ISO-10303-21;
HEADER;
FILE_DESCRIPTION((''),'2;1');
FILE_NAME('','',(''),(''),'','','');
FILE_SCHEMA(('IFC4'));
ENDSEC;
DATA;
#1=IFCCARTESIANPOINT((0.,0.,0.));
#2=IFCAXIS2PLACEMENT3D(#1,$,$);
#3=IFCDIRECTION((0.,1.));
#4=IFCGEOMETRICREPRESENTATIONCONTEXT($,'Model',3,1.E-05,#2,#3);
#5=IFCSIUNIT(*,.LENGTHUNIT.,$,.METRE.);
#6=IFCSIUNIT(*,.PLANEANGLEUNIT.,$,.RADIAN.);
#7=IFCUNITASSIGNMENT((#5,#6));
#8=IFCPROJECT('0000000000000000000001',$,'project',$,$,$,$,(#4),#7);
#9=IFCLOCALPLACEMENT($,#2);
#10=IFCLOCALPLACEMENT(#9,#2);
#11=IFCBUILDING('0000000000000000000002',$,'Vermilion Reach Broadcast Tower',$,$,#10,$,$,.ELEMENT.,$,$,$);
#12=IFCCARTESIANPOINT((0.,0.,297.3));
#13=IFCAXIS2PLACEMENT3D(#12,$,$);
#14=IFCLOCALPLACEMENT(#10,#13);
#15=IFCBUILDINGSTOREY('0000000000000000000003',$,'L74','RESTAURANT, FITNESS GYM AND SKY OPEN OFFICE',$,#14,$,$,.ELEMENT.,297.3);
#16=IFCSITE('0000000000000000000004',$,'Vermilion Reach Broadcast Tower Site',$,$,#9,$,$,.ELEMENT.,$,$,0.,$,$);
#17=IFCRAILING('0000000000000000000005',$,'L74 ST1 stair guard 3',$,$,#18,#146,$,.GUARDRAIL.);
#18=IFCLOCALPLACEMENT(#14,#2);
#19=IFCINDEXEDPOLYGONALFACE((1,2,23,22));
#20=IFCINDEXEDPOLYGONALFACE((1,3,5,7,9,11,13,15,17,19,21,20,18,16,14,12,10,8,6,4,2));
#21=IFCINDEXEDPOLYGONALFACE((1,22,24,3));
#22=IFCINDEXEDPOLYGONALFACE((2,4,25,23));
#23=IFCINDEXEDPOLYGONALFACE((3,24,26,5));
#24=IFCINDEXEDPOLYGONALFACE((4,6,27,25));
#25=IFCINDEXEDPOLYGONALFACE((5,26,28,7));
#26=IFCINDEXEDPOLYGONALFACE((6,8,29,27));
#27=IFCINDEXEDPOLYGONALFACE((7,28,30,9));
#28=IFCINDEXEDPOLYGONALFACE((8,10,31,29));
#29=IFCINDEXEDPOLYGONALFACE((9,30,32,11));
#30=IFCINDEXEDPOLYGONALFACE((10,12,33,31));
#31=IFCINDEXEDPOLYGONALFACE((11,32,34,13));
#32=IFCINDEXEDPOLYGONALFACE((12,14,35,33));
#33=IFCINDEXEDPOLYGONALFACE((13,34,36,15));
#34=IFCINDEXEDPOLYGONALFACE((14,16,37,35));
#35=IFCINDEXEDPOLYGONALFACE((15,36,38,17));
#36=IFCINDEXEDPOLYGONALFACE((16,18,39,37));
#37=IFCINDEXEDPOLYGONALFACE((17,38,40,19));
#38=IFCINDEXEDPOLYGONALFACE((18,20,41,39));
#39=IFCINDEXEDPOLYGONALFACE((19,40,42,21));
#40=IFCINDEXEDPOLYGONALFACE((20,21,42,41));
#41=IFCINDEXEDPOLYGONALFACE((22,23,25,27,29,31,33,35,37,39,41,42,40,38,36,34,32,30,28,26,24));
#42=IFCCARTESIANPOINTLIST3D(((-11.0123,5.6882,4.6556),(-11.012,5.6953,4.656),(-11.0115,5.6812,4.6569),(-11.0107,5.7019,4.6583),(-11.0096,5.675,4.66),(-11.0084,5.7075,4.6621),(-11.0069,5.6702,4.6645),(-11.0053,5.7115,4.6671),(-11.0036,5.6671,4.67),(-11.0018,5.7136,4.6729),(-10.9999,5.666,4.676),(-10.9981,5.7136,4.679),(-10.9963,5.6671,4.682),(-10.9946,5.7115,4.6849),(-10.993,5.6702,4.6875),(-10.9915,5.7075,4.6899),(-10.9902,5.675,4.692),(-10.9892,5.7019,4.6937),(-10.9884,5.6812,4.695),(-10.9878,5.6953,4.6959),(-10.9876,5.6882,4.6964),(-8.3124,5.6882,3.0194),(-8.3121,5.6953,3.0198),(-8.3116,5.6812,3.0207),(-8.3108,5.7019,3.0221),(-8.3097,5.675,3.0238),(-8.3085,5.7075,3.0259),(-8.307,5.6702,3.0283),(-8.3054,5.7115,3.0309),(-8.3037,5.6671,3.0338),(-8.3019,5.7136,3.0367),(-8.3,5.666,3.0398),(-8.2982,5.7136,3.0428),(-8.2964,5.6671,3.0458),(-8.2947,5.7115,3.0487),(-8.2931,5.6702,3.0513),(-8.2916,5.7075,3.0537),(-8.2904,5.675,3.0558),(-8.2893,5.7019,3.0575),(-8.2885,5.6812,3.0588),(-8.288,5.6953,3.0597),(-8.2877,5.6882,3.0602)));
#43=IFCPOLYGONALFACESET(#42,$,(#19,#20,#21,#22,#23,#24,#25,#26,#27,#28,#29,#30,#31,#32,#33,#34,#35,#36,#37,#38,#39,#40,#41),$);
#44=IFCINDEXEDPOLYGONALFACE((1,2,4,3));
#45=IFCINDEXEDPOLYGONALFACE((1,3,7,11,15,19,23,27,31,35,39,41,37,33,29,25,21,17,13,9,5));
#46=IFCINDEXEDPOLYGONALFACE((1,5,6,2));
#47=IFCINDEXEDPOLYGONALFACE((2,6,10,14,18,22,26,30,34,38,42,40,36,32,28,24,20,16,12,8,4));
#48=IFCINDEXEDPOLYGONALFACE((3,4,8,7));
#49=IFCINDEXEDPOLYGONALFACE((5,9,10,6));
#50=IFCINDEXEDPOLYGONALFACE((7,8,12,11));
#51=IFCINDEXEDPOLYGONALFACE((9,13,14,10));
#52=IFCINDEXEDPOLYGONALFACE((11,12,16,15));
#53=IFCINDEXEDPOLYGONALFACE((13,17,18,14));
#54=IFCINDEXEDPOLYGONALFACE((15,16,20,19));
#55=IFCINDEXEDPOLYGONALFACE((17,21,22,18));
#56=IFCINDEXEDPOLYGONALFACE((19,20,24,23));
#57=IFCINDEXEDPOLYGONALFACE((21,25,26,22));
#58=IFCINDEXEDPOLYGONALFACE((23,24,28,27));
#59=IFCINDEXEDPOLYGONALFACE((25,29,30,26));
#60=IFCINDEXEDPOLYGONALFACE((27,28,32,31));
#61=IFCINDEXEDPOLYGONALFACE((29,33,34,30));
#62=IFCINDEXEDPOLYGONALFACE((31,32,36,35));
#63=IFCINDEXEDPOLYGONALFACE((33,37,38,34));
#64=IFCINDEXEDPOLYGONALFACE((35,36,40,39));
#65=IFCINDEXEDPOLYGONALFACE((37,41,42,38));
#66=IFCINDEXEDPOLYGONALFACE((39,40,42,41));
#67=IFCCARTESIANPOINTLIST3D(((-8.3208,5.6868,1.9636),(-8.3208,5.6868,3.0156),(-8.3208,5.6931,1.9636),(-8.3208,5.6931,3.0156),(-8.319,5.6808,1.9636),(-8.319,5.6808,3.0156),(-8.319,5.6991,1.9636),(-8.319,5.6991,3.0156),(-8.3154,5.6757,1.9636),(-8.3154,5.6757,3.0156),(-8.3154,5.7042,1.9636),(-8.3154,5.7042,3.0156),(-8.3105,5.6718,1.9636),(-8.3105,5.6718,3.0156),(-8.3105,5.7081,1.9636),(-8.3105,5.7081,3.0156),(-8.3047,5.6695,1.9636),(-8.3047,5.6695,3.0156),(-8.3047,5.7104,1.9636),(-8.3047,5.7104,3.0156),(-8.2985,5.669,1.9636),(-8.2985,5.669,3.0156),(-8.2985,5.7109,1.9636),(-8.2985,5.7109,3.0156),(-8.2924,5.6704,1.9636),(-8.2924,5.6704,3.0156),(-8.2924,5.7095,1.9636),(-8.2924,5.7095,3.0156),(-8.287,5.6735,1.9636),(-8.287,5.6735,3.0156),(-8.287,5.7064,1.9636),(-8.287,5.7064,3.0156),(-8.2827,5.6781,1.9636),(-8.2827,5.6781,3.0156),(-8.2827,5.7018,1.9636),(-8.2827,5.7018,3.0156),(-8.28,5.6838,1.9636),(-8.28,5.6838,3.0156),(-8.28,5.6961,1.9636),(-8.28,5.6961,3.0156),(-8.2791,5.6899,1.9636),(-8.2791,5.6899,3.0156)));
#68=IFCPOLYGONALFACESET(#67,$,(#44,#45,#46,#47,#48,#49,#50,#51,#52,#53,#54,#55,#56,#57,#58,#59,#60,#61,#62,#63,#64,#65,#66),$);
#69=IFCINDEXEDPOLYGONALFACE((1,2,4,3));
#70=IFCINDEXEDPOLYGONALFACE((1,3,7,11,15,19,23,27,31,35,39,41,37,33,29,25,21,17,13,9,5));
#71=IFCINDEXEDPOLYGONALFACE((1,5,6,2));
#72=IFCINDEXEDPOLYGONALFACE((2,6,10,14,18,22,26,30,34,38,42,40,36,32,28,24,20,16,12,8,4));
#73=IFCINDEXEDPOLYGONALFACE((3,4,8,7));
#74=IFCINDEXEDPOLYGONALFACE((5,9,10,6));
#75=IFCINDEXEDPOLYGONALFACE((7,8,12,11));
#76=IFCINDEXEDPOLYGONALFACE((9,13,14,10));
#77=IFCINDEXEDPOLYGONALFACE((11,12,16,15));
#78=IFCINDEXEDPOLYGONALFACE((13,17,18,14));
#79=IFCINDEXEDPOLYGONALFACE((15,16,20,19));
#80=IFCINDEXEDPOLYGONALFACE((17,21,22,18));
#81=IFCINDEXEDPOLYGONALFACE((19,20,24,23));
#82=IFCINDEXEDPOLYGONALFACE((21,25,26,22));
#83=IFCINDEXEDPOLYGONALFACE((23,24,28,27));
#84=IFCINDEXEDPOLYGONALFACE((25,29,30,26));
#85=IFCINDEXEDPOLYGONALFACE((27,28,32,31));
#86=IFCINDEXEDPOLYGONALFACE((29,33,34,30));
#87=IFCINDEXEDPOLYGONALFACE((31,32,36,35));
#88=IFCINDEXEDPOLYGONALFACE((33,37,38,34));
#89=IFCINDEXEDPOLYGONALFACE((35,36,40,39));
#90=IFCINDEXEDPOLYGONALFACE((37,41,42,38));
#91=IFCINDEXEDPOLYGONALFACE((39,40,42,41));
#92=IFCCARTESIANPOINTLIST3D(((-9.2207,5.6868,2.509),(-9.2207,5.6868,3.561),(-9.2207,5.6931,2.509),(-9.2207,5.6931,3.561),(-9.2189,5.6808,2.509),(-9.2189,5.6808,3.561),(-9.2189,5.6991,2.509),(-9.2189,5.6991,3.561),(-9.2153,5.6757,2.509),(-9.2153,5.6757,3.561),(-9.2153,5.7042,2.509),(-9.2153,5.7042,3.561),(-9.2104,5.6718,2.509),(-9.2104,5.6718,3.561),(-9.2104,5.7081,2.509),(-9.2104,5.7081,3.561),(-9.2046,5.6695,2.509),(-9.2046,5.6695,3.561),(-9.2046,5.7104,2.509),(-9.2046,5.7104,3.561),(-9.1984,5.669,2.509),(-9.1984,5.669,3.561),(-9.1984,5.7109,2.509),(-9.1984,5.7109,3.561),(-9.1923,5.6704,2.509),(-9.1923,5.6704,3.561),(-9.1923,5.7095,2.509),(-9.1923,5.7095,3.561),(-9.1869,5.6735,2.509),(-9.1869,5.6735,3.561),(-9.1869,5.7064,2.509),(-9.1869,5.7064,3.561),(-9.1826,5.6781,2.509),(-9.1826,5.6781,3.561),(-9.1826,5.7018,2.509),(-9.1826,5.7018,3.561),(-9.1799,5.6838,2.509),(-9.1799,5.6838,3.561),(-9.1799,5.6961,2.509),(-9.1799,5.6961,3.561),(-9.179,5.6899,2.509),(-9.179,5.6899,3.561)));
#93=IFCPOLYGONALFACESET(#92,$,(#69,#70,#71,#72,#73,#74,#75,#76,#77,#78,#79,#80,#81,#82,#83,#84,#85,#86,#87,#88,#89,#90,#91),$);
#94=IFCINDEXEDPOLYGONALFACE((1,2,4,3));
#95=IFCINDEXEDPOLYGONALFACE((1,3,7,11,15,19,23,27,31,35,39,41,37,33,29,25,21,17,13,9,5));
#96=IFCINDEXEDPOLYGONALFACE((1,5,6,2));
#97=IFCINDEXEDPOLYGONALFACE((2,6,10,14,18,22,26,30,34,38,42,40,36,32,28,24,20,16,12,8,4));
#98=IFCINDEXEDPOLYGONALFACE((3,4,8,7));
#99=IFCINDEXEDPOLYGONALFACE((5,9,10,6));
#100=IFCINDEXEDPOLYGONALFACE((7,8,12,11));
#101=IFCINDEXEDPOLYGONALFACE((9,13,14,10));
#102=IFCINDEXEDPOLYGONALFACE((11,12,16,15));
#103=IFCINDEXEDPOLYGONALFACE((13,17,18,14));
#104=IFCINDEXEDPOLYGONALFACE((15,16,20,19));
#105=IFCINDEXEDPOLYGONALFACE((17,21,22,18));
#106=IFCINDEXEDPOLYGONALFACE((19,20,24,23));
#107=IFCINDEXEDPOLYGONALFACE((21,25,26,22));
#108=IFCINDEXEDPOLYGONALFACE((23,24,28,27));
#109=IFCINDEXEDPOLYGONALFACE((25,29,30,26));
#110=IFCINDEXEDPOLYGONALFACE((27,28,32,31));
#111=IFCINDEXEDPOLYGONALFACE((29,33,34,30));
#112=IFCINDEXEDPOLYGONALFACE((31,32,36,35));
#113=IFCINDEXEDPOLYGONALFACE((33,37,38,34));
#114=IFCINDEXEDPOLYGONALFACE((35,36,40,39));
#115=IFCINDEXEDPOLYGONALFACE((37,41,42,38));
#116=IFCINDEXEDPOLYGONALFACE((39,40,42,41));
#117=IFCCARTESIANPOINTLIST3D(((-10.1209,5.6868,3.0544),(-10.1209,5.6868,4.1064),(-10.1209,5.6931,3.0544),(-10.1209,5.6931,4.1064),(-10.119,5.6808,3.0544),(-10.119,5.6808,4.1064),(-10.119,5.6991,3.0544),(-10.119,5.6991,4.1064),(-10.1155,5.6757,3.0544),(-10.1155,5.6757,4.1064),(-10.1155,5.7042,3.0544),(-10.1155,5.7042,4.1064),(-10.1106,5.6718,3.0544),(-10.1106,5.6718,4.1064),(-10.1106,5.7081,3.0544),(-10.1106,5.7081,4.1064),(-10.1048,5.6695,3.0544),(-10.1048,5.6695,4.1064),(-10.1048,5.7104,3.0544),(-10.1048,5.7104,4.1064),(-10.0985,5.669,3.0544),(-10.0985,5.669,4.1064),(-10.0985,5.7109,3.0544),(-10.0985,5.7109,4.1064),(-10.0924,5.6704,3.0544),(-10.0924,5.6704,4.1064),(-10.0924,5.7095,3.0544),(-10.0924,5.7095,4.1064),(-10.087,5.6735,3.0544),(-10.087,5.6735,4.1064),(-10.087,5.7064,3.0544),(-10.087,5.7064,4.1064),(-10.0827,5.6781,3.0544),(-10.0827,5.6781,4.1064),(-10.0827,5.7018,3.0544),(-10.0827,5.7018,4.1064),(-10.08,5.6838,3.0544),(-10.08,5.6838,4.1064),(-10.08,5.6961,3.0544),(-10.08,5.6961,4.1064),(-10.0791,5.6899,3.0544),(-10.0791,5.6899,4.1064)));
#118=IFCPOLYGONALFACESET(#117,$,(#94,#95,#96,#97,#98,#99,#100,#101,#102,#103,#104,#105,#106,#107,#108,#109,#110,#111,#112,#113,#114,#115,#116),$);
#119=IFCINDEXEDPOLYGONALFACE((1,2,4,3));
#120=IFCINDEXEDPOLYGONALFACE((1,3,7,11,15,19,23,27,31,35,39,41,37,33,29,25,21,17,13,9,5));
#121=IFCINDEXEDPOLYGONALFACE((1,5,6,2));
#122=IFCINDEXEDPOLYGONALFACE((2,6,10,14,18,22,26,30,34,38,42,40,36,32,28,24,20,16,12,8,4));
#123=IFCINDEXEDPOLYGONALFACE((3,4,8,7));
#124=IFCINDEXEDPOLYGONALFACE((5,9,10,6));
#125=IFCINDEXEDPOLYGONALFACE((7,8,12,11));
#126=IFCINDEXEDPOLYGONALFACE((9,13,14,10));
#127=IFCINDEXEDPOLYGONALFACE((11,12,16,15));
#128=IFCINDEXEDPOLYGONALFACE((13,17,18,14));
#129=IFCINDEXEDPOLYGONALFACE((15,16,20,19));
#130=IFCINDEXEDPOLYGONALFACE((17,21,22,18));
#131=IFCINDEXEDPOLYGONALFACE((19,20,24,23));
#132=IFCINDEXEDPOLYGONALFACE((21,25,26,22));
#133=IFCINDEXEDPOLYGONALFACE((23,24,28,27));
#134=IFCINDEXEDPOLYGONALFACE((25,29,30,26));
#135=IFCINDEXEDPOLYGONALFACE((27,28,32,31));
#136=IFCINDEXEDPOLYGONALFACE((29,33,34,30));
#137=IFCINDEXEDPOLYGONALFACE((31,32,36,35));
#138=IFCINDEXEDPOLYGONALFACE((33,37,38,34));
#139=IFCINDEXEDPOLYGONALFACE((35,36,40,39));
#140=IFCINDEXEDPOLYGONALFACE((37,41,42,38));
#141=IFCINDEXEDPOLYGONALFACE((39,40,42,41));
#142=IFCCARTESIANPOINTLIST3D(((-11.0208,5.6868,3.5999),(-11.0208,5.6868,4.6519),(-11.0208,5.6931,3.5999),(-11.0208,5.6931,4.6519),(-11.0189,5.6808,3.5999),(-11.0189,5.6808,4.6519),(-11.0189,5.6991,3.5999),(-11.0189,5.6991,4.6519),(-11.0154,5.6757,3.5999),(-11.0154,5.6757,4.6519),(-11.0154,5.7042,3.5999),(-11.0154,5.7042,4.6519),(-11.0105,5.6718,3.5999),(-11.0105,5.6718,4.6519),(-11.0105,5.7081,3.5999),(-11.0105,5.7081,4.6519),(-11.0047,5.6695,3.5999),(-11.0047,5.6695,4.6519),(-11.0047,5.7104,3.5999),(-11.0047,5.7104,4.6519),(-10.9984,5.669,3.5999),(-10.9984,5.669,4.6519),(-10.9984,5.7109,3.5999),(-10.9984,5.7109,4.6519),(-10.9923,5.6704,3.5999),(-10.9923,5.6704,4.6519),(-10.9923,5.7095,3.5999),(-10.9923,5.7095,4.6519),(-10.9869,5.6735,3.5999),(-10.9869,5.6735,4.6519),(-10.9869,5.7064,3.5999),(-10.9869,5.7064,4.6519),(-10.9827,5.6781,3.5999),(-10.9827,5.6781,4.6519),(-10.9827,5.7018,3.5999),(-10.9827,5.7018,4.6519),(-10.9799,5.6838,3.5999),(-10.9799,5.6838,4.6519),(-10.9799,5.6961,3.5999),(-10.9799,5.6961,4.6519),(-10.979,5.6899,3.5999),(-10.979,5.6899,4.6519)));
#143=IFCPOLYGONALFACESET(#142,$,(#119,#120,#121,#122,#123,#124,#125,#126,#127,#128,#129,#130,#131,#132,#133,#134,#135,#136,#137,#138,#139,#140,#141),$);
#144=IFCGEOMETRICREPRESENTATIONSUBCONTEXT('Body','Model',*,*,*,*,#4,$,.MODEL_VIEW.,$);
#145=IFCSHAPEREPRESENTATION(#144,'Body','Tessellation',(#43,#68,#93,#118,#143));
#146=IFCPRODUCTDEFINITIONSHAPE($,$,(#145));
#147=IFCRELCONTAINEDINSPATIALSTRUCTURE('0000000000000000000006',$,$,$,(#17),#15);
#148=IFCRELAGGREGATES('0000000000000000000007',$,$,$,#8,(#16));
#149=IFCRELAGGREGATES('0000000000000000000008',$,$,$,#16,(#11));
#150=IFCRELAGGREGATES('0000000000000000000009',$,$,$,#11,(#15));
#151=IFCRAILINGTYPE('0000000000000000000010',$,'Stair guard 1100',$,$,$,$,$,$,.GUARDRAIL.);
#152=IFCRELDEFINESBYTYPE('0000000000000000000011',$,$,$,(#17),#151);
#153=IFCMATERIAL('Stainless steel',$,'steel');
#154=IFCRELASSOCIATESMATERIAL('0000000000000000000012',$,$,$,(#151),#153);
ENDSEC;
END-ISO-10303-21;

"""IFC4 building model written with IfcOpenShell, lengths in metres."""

from ifc_helpers import new_model, si_unit, direction, frame, origin, origin_2d, place, context, subcontext, project, spatial, circle, extrude, material, type_object, element, save


model = new_model("IFC4")

# Units and contexts
model_context = context("Model", 3, precision=1e-05, world=origin(), true_north=direction((0.0, 1.0)))
body_context = subcontext(model_context, "Body", "Model", "MODEL_VIEW")
ifc_project = project(units=[si_unit("LENGTHUNIT", "METRE"), si_unit("PLANEANGLEUNIT", "RADIAN")], contexts=[model_context])

# Site, building, storey
site_placement = place(None, origin())
site = spatial("IfcSite", under=ifc_project, at=site_placement, Name="Vermilion Reach Broadcast Tower Site", CompositionType="ELEMENT", RefElevation=0.0)
building_placement = place(site_placement, origin())
building = spatial("IfcBuilding", under=site, at=building_placement, Name="Vermilion Reach Broadcast Tower", CompositionType="ELEMENT")
storey_placement = place(building_placement, frame((0.0, 0.0, 297.3)))
storey = spatial("IfcBuildingStorey", under=building, at=storey_placement, Name="L74", Description="RESTAURANT, FITNESS GYM AND SKY OPEN OFFICE", CompositionType="ELEMENT", Elevation=297.3)

# Railing
ifc_material_1 = material(Name="Stainless steel", Category="steel")
railing_type_1 = type_object("IfcRailingType", Name="Stair guard 1100", PredefinedType="GUARDRAIL", material=ifc_material_1)
railing_1_placement = place(storey_placement, frame((-8.3, 5.6899, 1.9636)))
element("IfcRailing", 1, at=railing_1_placement, inside=storey, type_object=railing_type_1, Name="L74 ST1 stair guard 3", PredefinedType="GUARDRAIL", context=body_context, shape_type="SweptSolid", body=[
    extrude(circle(Radius=0.0239, at=origin_2d()), frame((0.0, 0.0, 1.0762), z_axis=(-0.855212, 0.0, 0.518278), x_axis=(0.0, -1.0, 0.0)), (0.0, 0.0, 1.0), 3.157),
    extrude(circle(Radius=0.021, at=origin_2d()), origin(), (0.0, 0.0, 1.0), 1.052),
    extrude(circle(Radius=0.021, at=origin_2d()), frame((-0.8999, 0.0, 0.5454)), (0.0, 0.0, 1.0), 1.052),
    extrude(circle(Radius=0.021, at=origin_2d()), frame((-1.8, 0.0, 1.0908)), (0.0, 0.0, 1.0), 1.052),
    extrude(circle(Radius=0.021, at=origin_2d()), frame((-2.7, 0.0, 1.6362)), (0.0, 0.0, 1.0), 1.052),
])

save(model, "model.ifc")
